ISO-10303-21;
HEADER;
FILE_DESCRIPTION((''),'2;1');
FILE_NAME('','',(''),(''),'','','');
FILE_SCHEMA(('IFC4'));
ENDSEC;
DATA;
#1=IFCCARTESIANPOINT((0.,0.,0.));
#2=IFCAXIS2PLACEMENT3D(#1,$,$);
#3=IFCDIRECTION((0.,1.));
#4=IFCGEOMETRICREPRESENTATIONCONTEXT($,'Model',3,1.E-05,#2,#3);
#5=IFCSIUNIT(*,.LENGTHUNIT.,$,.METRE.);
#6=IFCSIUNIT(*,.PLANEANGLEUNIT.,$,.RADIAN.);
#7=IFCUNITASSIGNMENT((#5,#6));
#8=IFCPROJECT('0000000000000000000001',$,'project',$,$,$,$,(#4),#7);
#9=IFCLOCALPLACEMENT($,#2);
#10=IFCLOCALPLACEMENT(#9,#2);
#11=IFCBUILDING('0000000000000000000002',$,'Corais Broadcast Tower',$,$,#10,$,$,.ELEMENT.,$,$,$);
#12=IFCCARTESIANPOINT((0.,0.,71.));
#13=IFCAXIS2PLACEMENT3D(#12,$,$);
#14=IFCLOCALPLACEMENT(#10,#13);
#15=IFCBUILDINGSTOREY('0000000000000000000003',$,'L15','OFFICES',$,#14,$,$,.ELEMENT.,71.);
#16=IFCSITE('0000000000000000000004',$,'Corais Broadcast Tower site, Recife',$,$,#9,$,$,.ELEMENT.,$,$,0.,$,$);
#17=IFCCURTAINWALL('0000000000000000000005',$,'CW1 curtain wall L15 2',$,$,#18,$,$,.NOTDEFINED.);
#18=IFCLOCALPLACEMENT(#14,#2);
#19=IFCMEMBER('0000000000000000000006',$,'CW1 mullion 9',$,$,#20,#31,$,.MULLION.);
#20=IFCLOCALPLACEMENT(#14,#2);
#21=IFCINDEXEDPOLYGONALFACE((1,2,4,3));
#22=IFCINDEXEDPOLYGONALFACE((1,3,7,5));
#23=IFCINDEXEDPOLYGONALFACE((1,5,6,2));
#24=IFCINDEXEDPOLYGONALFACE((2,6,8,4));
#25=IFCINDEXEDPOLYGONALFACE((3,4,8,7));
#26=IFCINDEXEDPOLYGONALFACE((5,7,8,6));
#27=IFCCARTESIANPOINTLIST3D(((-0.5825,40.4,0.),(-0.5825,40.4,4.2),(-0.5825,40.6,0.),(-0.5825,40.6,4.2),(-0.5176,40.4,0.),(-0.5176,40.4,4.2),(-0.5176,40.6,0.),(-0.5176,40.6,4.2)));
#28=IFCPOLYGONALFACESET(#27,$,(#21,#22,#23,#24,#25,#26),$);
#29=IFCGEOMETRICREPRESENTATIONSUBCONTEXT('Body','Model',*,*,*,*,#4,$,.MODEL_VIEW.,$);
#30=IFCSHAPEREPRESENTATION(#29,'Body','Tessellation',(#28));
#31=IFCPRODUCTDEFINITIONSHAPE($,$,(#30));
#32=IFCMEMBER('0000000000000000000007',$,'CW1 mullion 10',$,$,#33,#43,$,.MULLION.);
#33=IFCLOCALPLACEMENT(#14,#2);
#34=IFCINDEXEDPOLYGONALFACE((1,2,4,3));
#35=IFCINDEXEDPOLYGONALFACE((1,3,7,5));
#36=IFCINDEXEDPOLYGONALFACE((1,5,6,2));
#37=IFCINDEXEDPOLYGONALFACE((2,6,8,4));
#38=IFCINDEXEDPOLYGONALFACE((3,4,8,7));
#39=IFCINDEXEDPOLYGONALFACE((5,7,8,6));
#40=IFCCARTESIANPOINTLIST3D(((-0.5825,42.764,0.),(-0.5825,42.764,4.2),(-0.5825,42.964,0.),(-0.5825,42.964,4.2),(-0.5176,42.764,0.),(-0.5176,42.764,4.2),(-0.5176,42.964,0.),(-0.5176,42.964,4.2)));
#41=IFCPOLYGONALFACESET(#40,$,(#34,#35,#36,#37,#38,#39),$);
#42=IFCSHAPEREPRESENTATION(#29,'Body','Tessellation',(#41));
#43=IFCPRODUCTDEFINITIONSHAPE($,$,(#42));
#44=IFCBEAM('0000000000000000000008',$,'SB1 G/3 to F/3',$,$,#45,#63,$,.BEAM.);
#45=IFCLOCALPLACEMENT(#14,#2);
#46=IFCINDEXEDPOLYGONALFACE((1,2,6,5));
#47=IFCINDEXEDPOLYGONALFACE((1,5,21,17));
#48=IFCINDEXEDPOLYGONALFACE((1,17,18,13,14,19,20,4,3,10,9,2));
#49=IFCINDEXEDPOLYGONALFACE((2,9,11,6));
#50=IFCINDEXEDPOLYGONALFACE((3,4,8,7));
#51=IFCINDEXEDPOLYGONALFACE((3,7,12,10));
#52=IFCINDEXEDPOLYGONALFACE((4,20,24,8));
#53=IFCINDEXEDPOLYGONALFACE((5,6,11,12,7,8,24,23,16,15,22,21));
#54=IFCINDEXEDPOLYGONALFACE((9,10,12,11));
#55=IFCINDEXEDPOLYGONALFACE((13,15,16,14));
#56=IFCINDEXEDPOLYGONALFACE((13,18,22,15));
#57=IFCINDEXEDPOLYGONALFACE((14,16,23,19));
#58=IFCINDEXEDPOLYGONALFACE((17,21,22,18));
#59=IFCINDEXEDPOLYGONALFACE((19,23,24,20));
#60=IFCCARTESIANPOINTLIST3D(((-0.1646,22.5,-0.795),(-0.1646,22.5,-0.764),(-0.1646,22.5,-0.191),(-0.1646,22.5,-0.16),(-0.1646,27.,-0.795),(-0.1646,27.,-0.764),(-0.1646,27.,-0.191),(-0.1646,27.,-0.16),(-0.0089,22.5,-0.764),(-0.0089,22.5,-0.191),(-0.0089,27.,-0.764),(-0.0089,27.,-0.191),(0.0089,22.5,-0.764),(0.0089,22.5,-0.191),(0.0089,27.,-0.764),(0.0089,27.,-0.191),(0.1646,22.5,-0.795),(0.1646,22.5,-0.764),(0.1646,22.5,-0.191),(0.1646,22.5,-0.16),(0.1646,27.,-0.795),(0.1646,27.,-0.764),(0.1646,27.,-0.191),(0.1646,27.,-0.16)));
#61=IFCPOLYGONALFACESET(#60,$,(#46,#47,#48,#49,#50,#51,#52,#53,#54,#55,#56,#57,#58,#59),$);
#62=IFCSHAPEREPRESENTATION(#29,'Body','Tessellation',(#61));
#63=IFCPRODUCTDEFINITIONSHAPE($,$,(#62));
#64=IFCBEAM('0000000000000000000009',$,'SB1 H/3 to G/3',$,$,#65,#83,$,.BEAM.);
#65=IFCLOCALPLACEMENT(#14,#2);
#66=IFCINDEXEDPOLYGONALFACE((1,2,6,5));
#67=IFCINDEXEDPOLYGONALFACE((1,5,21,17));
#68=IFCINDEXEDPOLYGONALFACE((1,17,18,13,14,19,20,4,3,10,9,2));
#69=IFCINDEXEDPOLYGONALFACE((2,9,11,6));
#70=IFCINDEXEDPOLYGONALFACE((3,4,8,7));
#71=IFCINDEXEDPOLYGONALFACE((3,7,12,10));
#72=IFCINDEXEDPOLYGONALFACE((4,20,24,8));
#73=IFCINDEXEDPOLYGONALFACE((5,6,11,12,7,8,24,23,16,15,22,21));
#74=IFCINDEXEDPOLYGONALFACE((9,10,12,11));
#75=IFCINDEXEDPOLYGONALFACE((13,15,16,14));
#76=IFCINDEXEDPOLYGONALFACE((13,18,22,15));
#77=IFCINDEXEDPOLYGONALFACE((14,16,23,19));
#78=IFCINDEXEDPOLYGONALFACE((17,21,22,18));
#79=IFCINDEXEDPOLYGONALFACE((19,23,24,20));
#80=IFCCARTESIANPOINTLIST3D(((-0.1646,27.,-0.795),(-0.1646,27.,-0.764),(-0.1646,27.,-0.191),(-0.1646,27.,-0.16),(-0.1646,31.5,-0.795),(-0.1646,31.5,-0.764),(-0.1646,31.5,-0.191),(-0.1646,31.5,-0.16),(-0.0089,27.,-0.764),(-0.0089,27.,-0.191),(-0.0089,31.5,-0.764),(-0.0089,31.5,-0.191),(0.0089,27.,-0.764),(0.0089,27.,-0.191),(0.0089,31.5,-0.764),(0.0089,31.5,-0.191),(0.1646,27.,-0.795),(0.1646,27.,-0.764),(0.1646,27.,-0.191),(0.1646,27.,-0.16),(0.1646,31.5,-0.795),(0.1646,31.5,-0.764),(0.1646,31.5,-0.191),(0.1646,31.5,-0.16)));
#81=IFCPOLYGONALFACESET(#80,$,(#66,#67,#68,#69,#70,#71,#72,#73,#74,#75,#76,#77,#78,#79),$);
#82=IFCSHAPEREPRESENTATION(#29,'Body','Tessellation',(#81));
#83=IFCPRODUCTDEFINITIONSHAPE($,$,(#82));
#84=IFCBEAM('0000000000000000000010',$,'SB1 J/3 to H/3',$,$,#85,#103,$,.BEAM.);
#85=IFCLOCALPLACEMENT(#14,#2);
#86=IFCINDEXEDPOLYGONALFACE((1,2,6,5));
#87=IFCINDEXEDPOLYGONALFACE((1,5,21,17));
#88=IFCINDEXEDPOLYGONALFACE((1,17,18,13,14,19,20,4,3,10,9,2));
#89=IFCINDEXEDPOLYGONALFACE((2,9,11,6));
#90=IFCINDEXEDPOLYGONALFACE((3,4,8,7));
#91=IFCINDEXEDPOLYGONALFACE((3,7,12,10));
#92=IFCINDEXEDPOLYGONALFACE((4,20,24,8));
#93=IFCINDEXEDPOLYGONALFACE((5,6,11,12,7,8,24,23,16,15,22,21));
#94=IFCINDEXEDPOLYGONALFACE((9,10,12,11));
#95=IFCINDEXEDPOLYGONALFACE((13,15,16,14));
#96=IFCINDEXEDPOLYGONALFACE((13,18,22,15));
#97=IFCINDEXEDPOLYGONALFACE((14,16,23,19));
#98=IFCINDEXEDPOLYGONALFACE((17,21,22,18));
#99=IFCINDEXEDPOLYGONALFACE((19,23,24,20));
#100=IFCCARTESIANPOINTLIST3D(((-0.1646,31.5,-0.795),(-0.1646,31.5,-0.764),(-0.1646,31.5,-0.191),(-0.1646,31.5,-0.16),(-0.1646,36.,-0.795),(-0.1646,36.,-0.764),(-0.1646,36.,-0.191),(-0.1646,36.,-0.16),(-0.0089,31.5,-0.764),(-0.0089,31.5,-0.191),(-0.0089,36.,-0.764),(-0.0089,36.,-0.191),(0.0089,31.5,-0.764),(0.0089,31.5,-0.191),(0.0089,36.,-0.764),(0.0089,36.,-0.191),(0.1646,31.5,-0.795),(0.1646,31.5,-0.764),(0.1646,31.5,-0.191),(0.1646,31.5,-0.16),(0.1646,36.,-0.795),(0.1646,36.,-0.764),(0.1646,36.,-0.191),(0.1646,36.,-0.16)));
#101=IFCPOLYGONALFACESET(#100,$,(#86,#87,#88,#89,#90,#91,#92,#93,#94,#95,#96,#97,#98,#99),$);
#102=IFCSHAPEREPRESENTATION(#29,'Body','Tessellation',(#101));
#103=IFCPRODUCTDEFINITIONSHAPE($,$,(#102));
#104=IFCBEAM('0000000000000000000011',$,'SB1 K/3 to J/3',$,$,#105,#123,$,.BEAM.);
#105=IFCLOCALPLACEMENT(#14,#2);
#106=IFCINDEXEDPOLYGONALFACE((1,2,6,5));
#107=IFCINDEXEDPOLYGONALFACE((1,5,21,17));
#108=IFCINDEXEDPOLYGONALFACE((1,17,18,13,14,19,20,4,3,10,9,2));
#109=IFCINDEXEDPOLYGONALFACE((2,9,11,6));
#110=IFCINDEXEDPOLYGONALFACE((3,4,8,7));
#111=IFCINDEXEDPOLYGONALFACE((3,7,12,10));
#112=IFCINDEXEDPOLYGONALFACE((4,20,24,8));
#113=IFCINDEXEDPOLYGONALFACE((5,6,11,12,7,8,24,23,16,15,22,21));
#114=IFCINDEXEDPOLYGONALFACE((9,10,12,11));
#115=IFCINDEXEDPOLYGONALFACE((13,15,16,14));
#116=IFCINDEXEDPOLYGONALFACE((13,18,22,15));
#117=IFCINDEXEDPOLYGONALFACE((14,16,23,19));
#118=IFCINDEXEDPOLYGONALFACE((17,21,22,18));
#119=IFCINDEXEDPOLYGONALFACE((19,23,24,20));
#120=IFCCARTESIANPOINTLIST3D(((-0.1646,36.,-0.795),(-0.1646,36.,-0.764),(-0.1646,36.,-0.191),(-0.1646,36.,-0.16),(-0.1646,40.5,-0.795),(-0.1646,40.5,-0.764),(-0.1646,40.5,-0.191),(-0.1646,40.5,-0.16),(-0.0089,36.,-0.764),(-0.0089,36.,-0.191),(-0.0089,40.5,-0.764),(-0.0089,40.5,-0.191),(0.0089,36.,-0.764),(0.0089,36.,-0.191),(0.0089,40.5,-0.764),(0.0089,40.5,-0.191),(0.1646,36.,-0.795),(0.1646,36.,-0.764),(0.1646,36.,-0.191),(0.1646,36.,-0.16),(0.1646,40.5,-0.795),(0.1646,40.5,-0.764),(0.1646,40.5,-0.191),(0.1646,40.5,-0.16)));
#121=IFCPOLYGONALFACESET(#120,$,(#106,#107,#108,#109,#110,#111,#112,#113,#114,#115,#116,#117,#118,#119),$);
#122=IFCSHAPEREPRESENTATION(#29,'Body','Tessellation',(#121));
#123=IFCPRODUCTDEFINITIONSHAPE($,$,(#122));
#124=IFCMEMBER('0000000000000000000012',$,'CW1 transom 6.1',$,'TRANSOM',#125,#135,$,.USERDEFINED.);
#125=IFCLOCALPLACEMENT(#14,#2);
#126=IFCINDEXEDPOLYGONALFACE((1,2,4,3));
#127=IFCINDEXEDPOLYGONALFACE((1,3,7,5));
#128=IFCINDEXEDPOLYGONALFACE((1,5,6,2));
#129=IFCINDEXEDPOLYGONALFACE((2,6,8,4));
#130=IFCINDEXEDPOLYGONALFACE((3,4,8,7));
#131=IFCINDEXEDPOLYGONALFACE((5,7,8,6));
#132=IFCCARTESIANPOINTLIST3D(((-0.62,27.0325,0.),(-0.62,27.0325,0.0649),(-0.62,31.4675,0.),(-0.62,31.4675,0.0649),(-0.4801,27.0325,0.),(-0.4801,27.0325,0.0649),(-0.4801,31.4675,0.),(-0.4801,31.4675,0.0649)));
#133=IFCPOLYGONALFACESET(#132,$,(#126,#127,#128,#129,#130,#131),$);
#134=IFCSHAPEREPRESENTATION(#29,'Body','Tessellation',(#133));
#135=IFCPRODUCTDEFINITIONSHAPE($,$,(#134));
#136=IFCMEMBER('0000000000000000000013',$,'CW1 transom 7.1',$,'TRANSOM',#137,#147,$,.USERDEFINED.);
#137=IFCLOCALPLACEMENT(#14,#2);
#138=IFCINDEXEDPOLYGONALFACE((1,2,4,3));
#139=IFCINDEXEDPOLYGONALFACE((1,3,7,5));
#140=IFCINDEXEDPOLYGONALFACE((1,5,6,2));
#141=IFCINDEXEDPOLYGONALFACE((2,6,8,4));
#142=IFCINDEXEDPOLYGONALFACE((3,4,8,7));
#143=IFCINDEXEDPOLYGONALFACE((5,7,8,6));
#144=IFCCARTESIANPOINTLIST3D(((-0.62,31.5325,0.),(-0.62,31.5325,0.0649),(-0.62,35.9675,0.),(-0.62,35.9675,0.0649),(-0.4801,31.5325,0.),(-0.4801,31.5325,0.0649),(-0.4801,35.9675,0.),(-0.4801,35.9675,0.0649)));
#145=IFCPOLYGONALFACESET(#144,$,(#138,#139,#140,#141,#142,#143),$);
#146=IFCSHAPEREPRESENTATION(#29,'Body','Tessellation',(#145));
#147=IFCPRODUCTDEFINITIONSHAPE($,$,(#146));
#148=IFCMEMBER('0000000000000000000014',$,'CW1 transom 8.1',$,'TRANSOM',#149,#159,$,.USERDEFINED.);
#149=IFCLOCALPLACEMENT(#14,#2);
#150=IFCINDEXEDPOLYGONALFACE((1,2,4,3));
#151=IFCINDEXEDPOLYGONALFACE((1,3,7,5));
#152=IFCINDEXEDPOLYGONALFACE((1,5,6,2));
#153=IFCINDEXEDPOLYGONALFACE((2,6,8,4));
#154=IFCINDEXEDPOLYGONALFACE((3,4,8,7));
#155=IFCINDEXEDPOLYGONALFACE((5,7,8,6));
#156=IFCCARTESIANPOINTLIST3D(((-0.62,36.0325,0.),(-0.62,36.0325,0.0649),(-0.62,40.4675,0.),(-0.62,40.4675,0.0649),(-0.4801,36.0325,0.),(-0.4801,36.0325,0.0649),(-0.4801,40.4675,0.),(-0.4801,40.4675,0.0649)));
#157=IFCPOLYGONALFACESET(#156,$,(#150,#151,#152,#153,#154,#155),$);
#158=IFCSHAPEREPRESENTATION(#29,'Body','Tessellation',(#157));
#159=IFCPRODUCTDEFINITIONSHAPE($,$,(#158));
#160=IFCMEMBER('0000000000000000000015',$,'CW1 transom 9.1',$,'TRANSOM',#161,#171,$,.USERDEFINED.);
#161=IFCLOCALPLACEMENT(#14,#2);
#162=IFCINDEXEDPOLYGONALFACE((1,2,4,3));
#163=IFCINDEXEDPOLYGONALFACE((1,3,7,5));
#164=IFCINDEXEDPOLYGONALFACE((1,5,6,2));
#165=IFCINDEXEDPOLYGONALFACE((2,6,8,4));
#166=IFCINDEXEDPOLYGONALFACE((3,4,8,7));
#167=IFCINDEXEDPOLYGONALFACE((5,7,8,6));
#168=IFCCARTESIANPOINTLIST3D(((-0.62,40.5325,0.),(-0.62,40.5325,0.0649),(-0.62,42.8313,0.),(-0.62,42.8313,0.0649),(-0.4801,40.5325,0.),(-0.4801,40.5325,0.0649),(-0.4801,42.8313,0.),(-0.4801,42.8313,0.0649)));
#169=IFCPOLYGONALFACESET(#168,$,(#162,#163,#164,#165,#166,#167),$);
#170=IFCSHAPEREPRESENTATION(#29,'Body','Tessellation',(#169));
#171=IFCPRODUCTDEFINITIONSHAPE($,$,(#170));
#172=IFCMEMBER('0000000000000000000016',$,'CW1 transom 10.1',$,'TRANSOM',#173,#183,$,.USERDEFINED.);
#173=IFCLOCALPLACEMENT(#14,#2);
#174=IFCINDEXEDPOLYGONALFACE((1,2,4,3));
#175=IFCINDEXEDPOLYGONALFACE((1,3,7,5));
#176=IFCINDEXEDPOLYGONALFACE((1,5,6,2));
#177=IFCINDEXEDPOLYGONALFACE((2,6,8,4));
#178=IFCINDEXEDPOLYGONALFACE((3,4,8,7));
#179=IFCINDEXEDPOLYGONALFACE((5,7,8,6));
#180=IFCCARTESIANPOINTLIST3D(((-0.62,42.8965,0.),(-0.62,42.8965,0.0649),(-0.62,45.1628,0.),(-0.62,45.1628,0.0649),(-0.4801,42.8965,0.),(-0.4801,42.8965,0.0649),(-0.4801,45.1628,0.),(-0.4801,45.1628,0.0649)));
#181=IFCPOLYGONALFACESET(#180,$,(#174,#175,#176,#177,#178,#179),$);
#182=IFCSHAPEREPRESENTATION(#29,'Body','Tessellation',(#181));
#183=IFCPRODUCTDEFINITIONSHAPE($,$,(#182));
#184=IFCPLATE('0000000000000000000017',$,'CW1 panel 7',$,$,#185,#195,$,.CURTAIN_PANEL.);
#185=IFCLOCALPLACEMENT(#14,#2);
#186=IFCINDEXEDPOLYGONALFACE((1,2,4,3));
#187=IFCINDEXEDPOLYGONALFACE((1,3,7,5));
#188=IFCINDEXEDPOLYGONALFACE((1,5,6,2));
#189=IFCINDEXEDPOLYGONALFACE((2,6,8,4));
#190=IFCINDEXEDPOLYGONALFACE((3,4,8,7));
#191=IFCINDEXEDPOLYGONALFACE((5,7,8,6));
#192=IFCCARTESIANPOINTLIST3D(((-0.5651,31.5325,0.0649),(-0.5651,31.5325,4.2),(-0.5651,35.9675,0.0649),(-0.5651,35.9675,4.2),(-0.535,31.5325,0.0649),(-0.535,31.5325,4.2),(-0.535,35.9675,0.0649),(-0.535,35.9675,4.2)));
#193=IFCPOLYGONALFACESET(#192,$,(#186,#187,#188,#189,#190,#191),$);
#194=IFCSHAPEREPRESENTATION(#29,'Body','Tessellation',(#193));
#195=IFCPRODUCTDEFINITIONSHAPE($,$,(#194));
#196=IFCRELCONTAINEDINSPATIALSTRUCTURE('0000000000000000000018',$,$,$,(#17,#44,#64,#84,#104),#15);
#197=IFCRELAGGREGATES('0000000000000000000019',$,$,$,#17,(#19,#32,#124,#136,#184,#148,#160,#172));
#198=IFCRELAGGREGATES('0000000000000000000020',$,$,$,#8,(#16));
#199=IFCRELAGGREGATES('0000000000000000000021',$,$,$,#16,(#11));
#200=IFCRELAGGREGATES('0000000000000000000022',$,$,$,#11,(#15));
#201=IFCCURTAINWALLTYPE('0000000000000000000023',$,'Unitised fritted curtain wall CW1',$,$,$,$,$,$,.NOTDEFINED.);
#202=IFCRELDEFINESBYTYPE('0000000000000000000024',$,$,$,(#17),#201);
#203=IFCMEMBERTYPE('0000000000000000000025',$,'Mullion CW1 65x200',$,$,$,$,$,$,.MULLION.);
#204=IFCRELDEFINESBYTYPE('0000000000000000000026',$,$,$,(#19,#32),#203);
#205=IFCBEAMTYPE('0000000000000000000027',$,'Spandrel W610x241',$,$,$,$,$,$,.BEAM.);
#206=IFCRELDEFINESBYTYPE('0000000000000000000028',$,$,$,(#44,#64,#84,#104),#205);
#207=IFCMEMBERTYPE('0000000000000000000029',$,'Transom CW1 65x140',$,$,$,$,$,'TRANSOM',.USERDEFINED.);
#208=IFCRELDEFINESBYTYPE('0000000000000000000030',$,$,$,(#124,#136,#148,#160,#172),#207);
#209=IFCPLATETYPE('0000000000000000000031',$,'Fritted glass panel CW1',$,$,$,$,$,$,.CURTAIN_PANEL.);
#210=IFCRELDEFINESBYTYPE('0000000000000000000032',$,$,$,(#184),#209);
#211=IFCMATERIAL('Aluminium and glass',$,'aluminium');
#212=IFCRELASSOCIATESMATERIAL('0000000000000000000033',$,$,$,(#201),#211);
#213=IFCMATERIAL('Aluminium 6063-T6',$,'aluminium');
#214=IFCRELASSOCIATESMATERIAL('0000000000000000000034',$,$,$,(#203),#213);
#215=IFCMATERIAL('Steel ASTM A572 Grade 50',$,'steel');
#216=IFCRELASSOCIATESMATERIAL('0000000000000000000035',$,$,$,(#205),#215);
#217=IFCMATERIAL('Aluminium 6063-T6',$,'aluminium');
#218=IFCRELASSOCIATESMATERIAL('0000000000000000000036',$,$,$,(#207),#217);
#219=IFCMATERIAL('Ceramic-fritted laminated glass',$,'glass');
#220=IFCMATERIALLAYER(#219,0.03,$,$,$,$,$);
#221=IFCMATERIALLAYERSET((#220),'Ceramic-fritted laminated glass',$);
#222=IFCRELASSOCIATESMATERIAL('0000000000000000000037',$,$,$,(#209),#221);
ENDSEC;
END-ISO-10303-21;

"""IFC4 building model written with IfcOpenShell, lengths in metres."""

from ifc_helpers import new_model, si_unit, direction, frame, origin, origin_2d, place, context, subcontext, project, spatial, rectangle, i_section, extrude, material, layer, layer_set, material_profile, profile_set, type_object, element, aggregate, save


model = new_model("IFC4")

# Units and contexts
model_context = context("Model", 3, precision=1e-05, world=origin(), true_north=direction((0.0, 1.0)))
body_context = subcontext(model_context, "Body", "Model", "MODEL_VIEW")
ifc_project = project(units=[si_unit("LENGTHUNIT", "METRE"), si_unit("PLANEANGLEUNIT", "RADIAN")], contexts=[model_context])

# Site, building, storey
site_placement = place(None, origin())
site = spatial("IfcSite", under=ifc_project, at=site_placement, Name="Corais Broadcast Tower site, Recife", CompositionType="ELEMENT", RefElevation=0.0)
building_placement = place(site_placement, origin())
building = spatial("IfcBuilding", under=site, at=building_placement, Name="Corais Broadcast Tower", CompositionType="ELEMENT")
storey_placement = place(building_placement, frame((0.0, 0.0, 71.0)))
storey = spatial("IfcBuildingStorey", under=building, at=storey_placement, Name="L15", Description="OFFICES", CompositionType="ELEMENT", Elevation=71.0)

# Curtain wall, members
ifc_material_1 = material(Name="Aluminium and glass", Category="aluminium")
curtain_wall_type = type_object("IfcCurtainWallType", Name="Unitised fritted curtain wall CW1", PredefinedType="NOTDEFINED", material=ifc_material_1)
curtain_wall_placement = place(storey_placement, origin())
curtain_wall = element("IfcCurtainWall", 1, at=curtain_wall_placement, inside=storey, type_object=curtain_wall_type, Name="CW1 curtain wall L15 2", PredefinedType="NOTDEFINED")
ifc_material_2 = material(Name="Aluminium 6063-T6", Category="aluminium")
ifc_material_profile_1 = material_profile(ifc_material_2, rectangle(XDim=0.0649, YDim=0.2, at=origin_2d()), Name="Mullion CW1 65x200")
ifc_profile_set_1 = profile_set([ifc_material_profile_1], Name="Aluminium 6063-T6")
member_type_1 = type_object("IfcMemberType", Name="Mullion CW1 65x200", PredefinedType="MULLION", material=ifc_profile_set_1)
member_1_placement = place(storey_placement, frame((-0.55, 40.5, 0.0), z_axis=(0.0, 0.0, 1.0), x_axis=(-1.0, 0.0, 0.0)))
member_1 = element("IfcMember", 2, at=member_1_placement, type_object=member_type_1, Name="CW1 mullion 9", PredefinedType="MULLION", context=body_context, shape_type="SweptSolid", body=[
    extrude(rectangle(XDim=0.0649, YDim=0.2, at=origin_2d()), origin(), (0.0, 0.0, 1.0), 4.2),
])
member_2_placement = place(storey_placement, frame((-0.55, 42.864, 0.0), z_axis=(0.0, 0.0, 1.0), x_axis=(-1.0, 0.0, 0.0)))
member_2 = element("IfcMember", 3, at=member_2_placement, type_object=member_type_1, Name="CW1 mullion 10", PredefinedType="MULLION", context=body_context, shape_type="SweptSolid", body=[
    extrude(rectangle(XDim=0.0649, YDim=0.2, at=origin_2d()), origin(), (0.0, 0.0, 1.0), 4.2),
])

# Beams
ifc_material_3 = material(Name="Steel ASTM A572 Grade 50", Category="steel")
ifc_material_profile_2 = material_profile(ifc_material_3, i_section(OverallWidth=0.3291, OverallDepth=0.635, WebThickness=0.0178, FlangeThickness=0.031, at=origin_2d()), Name="W610x241")
ifc_profile_set_2 = profile_set([ifc_material_profile_2], Name="Steel ASTM A572 Grade 50")
beam_type_1 = type_object("IfcBeamType", Name="Spandrel W610x241", PredefinedType="BEAM", material=ifc_profile_set_2)
for number, where, z_axis, x_axis, name in (
    (4, (0.0, 27.0, -0.4775), (0.0, -1.0, 0.0), (1.0, 0.0, 0.0), "SB1 G/3 to F/3"),
    (5, (0.0, 31.5, -0.4775), (0.0, -1.0, 0.0), (1.0, 0.0, 0.0), "SB1 H/3 to G/3"),
    (6, (0.0, 36.0, -0.4775), (0.0, -1.0, 0.0), (1.0, 0.0, 0.0), "SB1 J/3 to H/3"),
    (7, (0.0, 40.5, -0.4775), (0.0, -1.0, 0.0), (1.0, 0.0, 0.0), "SB1 K/3 to J/3"),
):
    element("IfcBeam", number, at=place(storey_placement, frame(where, z_axis=z_axis, x_axis=x_axis)), inside=storey, type_object=beam_type_1, Name=name, PredefinedType="BEAM", context=body_context, shape_type="SweptSolid", body=[
        extrude(i_section(OverallWidth=0.3291, OverallDepth=0.635, WebThickness=0.0178, FlangeThickness=0.031, at=origin_2d()), origin(), (0.0, 0.0, 1.0), 4.5),
    ])

# Members
ifc_material_4 = material(Name="Aluminium 6063-T6", Category="aluminium")
ifc_material_profile_3 = material_profile(ifc_material_4, rectangle(XDim=0.1399, YDim=0.0649, at=origin_2d()), Name="Transom CW1 65x140")
ifc_profile_set_3 = profile_set([ifc_material_profile_3], Name="Aluminium 6063-T6")
member_type_2 = type_object("IfcMemberType", Name="Transom CW1 65x140", ElementType="TRANSOM", PredefinedType="USERDEFINED", material=ifc_profile_set_3)
member_3_placement = place(storey_placement, frame((-0.55, 27.0325, 0.0325), z_axis=(0.0, 1.0, 0.0), x_axis=(-1.0, 0.0, 0.0)))
member_3 = element("IfcMember", 8, at=member_3_placement, type_object=member_type_2, Name="CW1 transom 6.1", ObjectType="TRANSOM", PredefinedType="USERDEFINED", context=body_context, shape_type="SweptSolid", body=[
    extrude(rectangle(XDim=0.1399, YDim=0.0649, at=origin_2d()), origin(), (0.0, 0.0, 1.0), 4.4351),
])
member_4_placement = place(storey_placement, frame((-0.55, 31.5325, 0.0325), z_axis=(0.0, 1.0, 0.0), x_axis=(-1.0, 0.0, 0.0)))
member_4 = element("IfcMember", 9, at=member_4_placement, type_object=member_type_2, Name="CW1 transom 7.1", ObjectType="TRANSOM", PredefinedType="USERDEFINED", context=body_context, shape_type="SweptSolid", body=[
    extrude(rectangle(XDim=0.1399, YDim=0.0649, at=origin_2d()), origin(), (0.0, 0.0, 1.0), 4.4351),
])
member_5_placement = place(storey_placement, frame((-0.55, 36.0325, 0.0325), z_axis=(0.0, 1.0, 0.0), x_axis=(-1.0, 0.0, 0.0)))
member_5 = element("IfcMember", 10, at=member_5_placement, type_object=member_type_2, Name="CW1 transom 8.1", ObjectType="TRANSOM", PredefinedType="USERDEFINED", context=body_context, shape_type="SweptSolid", body=[
    extrude(rectangle(XDim=0.1399, YDim=0.0649, at=origin_2d()), origin(), (0.0, 0.0, 1.0), 4.4351),
])
member_6_placement = place(storey_placement, frame((-0.55, 40.5325, 0.0325), z_axis=(0.0, 1.0, 0.0), x_axis=(-1.0, 0.0, 0.0)))
member_6 = element("IfcMember", 11, at=member_6_placement, type_object=member_type_2, Name="CW1 transom 9.1", ObjectType="TRANSOM", PredefinedType="USERDEFINED", context=body_context, shape_type="SweptSolid", body=[
    extrude(rectangle(XDim=0.1399, YDim=0.0649, at=origin_2d()), origin(), (0.0, 0.0, 1.0), 2.2988),
])
member_7_placement = place(storey_placement, frame((-0.55, 42.8965, 0.0325), z_axis=(0.0, 1.0, 0.0), x_axis=(-1.0, 0.0, 0.0)))
member_7 = element("IfcMember", 12, at=member_7_placement, type_object=member_type_2, Name="CW1 transom 10.1", ObjectType="TRANSOM", PredefinedType="USERDEFINED", context=body_context, shape_type="SweptSolid", body=[
    extrude(rectangle(XDim=0.1399, YDim=0.0649, at=origin_2d()), origin(), (0.0, 0.0, 1.0), 2.2664),
])

# Plate
ifc_material_5 = material(Name="Ceramic-fritted laminated glass", Category="glass")
ifc_layer_1 = layer(ifc_material_5, 0.03)
ifc_layer_set_1 = layer_set([ifc_layer_1], Name="Ceramic-fritted laminated glass")
plate_type_1 = type_object("IfcPlateType", Name="Fritted glass panel CW1", PredefinedType="CURTAIN_PANEL", material=ifc_layer_set_1)
plate_1_placement = place(storey_placement, frame((-0.55, 33.75, 0.0649), z_axis=(0.0, 0.0, 1.0), x_axis=(0.0, 1.0, 0.0)))
plate_1 = element("IfcPlate", 13, at=plate_1_placement, type_object=plate_type_1, Name="CW1 panel 7", PredefinedType="CURTAIN_PANEL", context=body_context, shape_type="SweptSolid", body=[
    extrude(rectangle(XDim=4.4351, YDim=0.03, at=origin_2d()), origin(), (0.0, 0.0, 1.0), 4.135),
])
aggregate(curtain_wall, [member_1, member_2, member_3, member_4, plate_1, member_5, member_6, member_7])

save(model, "model.ifc")
